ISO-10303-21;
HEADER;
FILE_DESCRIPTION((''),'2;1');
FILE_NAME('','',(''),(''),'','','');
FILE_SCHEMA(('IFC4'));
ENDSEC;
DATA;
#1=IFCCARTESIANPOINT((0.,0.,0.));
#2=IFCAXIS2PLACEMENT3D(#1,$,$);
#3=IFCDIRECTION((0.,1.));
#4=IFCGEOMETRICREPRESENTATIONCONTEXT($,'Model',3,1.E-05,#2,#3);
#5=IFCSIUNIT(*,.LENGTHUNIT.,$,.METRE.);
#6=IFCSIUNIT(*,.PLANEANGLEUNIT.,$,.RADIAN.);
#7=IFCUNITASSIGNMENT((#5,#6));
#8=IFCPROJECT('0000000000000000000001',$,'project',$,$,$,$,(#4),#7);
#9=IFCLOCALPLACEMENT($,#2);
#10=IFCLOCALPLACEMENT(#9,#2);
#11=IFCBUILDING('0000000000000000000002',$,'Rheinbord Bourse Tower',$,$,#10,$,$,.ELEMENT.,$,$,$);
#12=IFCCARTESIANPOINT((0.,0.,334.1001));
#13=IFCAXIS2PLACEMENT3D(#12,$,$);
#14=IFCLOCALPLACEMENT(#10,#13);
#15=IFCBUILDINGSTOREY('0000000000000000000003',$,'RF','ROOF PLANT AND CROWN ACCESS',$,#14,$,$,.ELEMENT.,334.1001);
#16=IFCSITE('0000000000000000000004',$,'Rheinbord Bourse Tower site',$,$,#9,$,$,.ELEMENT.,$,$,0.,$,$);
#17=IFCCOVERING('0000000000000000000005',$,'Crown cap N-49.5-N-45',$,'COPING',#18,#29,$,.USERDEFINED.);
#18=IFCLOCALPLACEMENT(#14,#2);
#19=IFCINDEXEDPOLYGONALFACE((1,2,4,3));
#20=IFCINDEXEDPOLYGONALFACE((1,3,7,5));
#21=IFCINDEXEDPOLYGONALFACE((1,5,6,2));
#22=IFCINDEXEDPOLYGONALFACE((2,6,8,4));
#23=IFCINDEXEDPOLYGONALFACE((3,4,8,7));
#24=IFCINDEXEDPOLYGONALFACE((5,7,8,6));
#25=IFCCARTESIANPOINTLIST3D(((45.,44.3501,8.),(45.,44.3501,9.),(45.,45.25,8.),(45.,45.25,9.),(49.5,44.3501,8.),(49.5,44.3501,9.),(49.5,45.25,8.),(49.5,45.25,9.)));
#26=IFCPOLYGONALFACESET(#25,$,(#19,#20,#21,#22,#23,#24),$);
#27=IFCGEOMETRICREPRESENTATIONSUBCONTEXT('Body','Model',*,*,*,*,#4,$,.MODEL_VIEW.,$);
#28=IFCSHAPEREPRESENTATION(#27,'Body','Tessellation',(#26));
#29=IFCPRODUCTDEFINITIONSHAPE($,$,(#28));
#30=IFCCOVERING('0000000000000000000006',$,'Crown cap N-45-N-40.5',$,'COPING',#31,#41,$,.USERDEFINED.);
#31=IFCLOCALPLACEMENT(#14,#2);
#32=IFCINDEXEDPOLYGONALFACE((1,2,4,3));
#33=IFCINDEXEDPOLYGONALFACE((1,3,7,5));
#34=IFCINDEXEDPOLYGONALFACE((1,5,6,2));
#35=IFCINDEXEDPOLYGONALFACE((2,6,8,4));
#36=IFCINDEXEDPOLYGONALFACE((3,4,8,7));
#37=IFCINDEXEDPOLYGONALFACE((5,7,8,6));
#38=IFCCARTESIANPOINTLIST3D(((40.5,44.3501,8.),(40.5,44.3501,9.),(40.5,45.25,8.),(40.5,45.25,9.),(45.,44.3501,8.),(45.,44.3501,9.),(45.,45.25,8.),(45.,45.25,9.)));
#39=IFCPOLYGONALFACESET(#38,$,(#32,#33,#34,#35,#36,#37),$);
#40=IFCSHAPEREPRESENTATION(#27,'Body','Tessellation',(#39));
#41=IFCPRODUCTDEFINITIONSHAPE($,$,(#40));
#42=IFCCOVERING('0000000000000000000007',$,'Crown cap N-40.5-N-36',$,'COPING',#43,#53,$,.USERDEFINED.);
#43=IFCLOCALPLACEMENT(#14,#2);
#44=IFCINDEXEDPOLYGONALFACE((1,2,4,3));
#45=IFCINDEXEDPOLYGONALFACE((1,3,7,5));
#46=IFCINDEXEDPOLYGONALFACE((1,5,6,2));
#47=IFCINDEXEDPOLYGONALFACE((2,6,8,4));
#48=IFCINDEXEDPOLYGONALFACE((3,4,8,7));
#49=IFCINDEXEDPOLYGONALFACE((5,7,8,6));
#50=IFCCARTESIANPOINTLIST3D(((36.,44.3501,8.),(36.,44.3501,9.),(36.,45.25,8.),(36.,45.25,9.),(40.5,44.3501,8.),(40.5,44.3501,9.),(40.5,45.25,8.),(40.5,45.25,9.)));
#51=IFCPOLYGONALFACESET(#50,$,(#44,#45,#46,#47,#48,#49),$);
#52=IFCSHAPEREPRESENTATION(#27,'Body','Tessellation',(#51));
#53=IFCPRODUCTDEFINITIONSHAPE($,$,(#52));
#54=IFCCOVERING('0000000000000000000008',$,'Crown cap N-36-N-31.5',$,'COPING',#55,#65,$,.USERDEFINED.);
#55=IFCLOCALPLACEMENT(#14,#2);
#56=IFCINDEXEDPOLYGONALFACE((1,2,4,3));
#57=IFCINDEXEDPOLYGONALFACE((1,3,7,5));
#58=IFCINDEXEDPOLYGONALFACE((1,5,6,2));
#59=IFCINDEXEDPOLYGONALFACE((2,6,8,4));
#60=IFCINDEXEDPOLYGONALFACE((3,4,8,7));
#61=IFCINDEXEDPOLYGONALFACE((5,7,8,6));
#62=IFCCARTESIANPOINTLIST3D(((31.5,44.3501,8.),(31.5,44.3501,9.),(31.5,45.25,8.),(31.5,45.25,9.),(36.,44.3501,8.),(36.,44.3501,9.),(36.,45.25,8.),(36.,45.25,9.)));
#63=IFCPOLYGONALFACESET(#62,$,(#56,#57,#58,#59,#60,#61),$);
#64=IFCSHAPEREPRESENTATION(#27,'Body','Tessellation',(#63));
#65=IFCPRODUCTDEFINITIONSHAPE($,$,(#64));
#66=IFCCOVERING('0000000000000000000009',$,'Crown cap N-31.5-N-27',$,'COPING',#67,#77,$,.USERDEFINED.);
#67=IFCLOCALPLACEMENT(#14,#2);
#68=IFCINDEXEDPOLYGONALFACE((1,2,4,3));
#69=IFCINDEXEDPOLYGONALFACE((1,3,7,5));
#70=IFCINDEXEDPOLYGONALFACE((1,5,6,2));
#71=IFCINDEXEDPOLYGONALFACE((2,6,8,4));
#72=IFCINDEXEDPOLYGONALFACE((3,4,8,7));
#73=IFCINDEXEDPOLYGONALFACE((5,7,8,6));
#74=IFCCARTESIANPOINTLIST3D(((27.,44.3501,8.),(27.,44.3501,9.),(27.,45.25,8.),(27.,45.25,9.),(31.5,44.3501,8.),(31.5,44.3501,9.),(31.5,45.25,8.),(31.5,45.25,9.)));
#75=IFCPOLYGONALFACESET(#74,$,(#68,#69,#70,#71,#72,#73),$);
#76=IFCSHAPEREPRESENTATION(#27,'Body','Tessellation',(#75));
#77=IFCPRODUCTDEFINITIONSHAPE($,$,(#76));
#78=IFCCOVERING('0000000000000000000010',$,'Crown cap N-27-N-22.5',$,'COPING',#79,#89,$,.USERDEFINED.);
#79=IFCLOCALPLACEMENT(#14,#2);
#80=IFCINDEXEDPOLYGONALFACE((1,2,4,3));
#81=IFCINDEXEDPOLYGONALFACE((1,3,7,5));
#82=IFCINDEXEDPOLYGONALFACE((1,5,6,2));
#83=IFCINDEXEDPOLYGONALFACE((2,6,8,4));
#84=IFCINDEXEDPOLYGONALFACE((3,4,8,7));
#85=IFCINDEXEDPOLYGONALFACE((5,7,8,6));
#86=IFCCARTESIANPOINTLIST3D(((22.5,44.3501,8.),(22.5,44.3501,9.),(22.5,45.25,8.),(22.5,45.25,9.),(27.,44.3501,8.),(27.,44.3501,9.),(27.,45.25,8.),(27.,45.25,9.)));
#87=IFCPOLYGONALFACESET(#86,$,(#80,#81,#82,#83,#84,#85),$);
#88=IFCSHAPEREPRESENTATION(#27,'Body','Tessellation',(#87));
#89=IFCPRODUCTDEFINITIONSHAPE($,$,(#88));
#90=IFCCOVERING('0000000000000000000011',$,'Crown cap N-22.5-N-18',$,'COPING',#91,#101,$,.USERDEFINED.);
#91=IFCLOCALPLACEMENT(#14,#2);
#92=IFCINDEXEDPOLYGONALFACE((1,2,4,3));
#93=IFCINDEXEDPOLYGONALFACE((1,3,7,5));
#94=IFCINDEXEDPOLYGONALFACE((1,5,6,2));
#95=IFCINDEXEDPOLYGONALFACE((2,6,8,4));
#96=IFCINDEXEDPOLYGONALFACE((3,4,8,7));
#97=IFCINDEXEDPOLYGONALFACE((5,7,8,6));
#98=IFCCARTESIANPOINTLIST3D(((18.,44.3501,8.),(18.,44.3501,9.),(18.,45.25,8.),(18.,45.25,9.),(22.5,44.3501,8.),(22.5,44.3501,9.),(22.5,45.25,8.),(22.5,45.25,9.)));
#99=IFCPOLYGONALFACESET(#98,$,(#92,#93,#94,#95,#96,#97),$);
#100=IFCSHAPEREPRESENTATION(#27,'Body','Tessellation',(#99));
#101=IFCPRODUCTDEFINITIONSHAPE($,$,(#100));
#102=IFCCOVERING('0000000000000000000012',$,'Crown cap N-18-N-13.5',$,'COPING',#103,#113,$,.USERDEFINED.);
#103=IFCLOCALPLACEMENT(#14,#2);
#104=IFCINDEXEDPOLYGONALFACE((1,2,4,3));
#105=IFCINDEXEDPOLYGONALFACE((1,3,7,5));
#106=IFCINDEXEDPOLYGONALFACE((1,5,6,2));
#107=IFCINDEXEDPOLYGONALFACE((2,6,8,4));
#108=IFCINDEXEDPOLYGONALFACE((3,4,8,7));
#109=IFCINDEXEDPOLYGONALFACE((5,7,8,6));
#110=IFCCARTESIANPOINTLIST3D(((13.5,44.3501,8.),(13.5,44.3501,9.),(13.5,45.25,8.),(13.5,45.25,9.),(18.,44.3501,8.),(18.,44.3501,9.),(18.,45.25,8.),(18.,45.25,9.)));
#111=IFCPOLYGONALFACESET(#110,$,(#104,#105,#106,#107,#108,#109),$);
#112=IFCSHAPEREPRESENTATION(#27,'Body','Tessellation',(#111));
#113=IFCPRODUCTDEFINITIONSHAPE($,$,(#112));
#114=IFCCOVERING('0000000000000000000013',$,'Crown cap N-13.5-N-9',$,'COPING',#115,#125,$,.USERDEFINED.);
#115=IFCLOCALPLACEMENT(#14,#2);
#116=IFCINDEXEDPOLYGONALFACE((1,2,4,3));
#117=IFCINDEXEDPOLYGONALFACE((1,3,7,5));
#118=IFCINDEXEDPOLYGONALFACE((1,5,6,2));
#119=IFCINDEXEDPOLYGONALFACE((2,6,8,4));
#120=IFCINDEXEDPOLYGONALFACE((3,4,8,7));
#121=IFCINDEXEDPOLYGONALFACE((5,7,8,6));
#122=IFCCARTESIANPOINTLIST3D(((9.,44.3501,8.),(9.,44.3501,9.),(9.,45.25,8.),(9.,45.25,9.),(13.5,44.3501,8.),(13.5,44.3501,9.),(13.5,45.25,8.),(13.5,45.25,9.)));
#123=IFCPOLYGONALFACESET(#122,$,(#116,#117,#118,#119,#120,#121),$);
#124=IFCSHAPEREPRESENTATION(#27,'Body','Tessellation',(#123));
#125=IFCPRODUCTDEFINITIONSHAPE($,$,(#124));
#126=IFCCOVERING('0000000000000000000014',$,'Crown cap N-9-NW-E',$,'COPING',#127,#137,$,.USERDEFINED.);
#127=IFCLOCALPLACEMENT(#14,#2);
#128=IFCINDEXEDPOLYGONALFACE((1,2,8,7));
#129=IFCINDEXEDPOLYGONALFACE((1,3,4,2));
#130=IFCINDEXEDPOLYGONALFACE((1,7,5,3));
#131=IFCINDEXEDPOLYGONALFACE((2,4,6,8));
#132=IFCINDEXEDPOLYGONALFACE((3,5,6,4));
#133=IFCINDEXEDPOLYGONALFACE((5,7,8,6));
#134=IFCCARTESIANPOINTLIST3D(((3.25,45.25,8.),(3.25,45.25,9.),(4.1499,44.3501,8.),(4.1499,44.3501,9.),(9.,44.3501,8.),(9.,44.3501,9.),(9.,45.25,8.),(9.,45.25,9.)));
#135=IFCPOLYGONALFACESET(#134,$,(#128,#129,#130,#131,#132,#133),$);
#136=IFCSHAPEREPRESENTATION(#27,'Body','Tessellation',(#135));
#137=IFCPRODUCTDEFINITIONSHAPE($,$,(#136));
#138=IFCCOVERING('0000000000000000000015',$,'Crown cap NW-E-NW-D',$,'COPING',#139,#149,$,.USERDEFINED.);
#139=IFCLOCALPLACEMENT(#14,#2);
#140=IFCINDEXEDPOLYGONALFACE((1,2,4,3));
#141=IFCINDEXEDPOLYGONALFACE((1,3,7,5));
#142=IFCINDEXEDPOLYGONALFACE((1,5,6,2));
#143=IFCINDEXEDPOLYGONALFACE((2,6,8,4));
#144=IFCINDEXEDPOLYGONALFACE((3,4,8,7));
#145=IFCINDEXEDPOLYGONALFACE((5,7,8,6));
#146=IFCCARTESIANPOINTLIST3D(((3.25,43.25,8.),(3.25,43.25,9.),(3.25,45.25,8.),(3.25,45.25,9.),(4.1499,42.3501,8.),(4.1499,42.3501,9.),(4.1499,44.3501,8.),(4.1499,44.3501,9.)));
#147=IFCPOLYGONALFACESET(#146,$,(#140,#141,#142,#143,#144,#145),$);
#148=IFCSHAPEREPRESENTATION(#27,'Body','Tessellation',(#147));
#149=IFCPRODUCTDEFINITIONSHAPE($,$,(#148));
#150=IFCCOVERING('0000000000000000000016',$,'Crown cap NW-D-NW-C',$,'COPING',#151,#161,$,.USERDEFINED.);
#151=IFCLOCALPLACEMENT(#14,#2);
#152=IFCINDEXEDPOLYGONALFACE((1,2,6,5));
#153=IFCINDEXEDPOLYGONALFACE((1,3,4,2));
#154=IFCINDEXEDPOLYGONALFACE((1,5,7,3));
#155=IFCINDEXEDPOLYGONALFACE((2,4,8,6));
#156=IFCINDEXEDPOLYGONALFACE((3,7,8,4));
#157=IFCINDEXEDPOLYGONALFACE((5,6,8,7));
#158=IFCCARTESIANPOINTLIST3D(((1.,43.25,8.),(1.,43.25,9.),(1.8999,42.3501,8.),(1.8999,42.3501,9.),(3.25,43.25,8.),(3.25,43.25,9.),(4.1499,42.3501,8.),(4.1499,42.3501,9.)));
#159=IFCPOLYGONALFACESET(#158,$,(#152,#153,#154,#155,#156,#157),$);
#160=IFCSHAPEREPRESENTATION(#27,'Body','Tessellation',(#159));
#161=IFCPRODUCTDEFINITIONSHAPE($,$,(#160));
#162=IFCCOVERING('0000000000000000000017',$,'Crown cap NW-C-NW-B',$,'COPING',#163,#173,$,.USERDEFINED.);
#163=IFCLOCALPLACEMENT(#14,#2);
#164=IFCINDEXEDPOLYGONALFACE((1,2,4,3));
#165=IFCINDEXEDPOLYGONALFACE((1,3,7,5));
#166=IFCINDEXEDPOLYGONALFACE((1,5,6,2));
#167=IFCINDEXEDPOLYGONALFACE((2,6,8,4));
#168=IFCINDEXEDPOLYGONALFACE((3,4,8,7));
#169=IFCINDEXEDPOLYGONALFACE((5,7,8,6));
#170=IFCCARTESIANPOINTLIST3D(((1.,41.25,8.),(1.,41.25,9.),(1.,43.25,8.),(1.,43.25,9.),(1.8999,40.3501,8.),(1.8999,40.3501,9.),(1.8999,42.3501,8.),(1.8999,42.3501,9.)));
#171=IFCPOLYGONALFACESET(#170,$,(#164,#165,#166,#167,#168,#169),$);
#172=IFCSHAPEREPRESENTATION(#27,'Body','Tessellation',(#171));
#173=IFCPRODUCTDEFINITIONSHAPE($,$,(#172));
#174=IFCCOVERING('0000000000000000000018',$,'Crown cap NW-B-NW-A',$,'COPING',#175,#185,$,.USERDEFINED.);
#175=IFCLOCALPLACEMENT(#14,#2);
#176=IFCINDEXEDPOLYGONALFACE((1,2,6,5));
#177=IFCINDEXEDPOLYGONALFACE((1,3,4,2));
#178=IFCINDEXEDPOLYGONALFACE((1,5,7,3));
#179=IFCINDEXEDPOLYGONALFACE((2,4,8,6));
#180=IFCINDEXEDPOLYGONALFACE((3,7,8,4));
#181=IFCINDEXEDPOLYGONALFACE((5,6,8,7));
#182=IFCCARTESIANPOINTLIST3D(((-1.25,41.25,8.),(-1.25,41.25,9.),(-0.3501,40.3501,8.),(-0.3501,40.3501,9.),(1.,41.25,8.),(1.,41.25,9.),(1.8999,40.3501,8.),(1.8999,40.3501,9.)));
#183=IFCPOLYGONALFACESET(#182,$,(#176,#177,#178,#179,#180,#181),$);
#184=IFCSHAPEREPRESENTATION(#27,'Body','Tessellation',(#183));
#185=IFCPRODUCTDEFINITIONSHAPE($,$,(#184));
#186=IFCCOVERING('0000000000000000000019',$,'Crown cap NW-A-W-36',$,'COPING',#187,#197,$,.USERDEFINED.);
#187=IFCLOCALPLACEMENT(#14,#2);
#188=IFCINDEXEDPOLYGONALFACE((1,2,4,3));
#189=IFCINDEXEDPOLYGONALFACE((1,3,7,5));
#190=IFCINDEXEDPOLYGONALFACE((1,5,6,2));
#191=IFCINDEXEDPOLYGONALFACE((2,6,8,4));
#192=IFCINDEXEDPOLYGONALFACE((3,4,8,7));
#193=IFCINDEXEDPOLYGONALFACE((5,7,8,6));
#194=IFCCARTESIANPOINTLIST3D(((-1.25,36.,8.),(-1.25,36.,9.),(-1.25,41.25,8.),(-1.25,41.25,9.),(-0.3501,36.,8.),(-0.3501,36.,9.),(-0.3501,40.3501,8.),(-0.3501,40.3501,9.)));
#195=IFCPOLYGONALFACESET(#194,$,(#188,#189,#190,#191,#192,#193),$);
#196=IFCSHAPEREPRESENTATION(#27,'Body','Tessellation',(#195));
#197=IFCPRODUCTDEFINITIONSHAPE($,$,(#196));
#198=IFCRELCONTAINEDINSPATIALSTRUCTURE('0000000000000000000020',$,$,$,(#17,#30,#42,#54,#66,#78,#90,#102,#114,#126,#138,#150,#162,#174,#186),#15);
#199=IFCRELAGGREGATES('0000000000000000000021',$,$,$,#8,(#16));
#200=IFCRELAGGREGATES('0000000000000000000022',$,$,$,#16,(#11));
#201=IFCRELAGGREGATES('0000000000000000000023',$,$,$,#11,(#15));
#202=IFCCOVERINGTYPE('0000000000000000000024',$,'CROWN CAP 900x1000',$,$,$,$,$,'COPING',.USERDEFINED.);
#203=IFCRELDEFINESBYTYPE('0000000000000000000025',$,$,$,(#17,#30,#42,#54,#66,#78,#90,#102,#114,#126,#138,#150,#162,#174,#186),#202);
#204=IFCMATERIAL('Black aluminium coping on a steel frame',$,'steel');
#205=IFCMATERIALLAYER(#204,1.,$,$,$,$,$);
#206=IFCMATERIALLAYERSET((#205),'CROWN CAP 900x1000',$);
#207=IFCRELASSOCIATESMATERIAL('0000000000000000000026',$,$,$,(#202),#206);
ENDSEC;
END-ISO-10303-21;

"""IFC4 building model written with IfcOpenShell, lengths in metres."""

from ifc_helpers import new_model, si_unit, direction, frame, origin, place, context, subcontext, project, spatial, polyline, outline, extrude, material, layer, layer_set, type_object, element, save


model = new_model("IFC4")

# Units and contexts
model_context = context("Model", 3, precision=1e-05, world=origin(), true_north=direction((0.0, 1.0)))
body_context = subcontext(model_context, "Body", "Model", "MODEL_VIEW")
ifc_project = project(units=[si_unit("LENGTHUNIT", "METRE"), si_unit("PLANEANGLEUNIT", "RADIAN")], contexts=[model_context])

# Site, building, storey
site_placement = place(None, origin())
site = spatial("IfcSite", under=ifc_project, at=site_placement, Name="Rheinbord Bourse Tower site", CompositionType="ELEMENT", RefElevation=0.0)
building_placement = place(site_placement, origin())
building = spatial("IfcBuilding", under=site, at=building_placement, Name="Rheinbord Bourse Tower", CompositionType="ELEMENT")
storey_placement = place(building_placement, frame((0.0, 0.0, 334.1001)))
storey = spatial("IfcBuildingStorey", under=building, at=storey_placement, Name="RF", Description="ROOF PLANT AND CROWN ACCESS", CompositionType="ELEMENT", Elevation=334.1001)

# Coverings
ifc_material_1 = material(Name="Black aluminium coping on a steel frame", Category="steel")
ifc_layer_1 = layer(ifc_material_1, 1.0)
ifc_layer_set_1 = layer_set([ifc_layer_1], Name="CROWN CAP 900x1000")
covering_type_1 = type_object("IfcCoveringType", Name="CROWN CAP 900x1000", ElementType="COPING", PredefinedType="USERDEFINED", material=ifc_layer_set_1)
covering_1_placement = place(storey_placement, frame((0.0, 0.0, 8.0)))
element("IfcCovering", 1, at=covering_1_placement, inside=storey, type_object=covering_type_1, Name="Crown cap N-49.5-N-45", ObjectType="COPING", PredefinedType="USERDEFINED", context=body_context, shape_type="SweptSolid", body=[
    extrude(outline(polyline([(49.5, 44.3501), (45.0, 44.3501), (45.0, 45.25), (49.5, 45.25), (49.5, 44.3501)])), origin(), (0.0, 0.0, 1.0), 1.0),
])
covering_2_placement = place(storey_placement, frame((0.0, 0.0, 8.0)))
element("IfcCovering", 2, at=covering_2_placement, inside=storey, type_object=covering_type_1, Name="Crown cap N-45-N-40.5", ObjectType="COPING", PredefinedType="USERDEFINED", context=body_context, shape_type="SweptSolid", body=[
    extrude(outline(polyline([(45.0, 44.3501), (40.5, 44.3501), (40.5, 45.25), (45.0, 45.25), (45.0, 44.3501)])), origin(), (0.0, 0.0, 1.0), 1.0),
])
covering_3_placement = place(storey_placement, frame((0.0, 0.0, 8.0)))
element("IfcCovering", 3, at=covering_3_placement, inside=storey, type_object=covering_type_1, Name="Crown cap N-40.5-N-36", ObjectType="COPING", PredefinedType="USERDEFINED", context=body_context, shape_type="SweptSolid", body=[
    extrude(outline(polyline([(40.5, 44.3501), (36.0, 44.3501), (36.0, 45.25), (40.5, 45.25), (40.5, 44.3501)])), origin(), (0.0, 0.0, 1.0), 1.0),
])
covering_4_placement = place(storey_placement, frame((0.0, 0.0, 8.0)))
element("IfcCovering", 4, at=covering_4_placement, inside=storey, type_object=covering_type_1, Name="Crown cap N-36-N-31.5", ObjectType="COPING", PredefinedType="USERDEFINED", context=body_context, shape_type="SweptSolid", body=[
    extrude(outline(polyline([(36.0, 44.3501), (31.5, 44.3501), (31.5, 45.25), (36.0, 45.25), (36.0, 44.3501)])), origin(), (0.0, 0.0, 1.0), 1.0),
])
covering_5_placement = place(storey_placement, frame((0.0, 0.0, 8.0)))
element("IfcCovering", 5, at=covering_5_placement, inside=storey, type_object=covering_type_1, Name="Crown cap N-31.5-N-27", ObjectType="COPING", PredefinedType="USERDEFINED", context=body_context, shape_type="SweptSolid", body=[
    extrude(outline(polyline([(31.5, 44.3501), (27.0, 44.3501), (27.0, 45.25), (31.5, 45.25), (31.5, 44.3501)])), origin(), (0.0, 0.0, 1.0), 1.0),
])
covering_6_placement = place(storey_placement, frame((0.0, 0.0, 8.0)))
element("IfcCovering", 6, at=covering_6_placement, inside=storey, type_object=covering_type_1, Name="Crown cap N-27-N-22.5", ObjectType="COPING", PredefinedType="USERDEFINED", context=body_context, shape_type="SweptSolid", body=[
    extrude(outline(polyline([(27.0, 44.3501), (22.5, 44.3501), (22.5, 45.25), (27.0, 45.25), (27.0, 44.3501)])), origin(), (0.0, 0.0, 1.0), 1.0),
])
covering_7_placement = place(storey_placement, frame((0.0, 0.0, 8.0)))
element("IfcCovering", 7, at=covering_7_placement, inside=storey, type_object=covering_type_1, Name="Crown cap N-22.5-N-18", ObjectType="COPING", PredefinedType="USERDEFINED", context=body_context, shape_type="SweptSolid", body=[
    extrude(outline(polyline([(22.5, 44.3501), (18.0, 44.3501), (18.0, 45.25), (22.5, 45.25), (22.5, 44.3501)])), origin(), (0.0, 0.0, 1.0), 1.0),
])
covering_8_placement = place(storey_placement, frame((0.0, 0.0, 8.0)))
element("IfcCovering", 8, at=covering_8_placement, inside=storey, type_object=covering_type_1, Name="Crown cap N-18-N-13.5", ObjectType="COPING", PredefinedType="USERDEFINED", context=body_context, shape_type="SweptSolid", body=[
    extrude(outline(polyline([(18.0, 44.3501), (13.5, 44.3501), (13.5, 45.25), (18.0, 45.25), (18.0, 44.3501)])), origin(), (0.0, 0.0, 1.0), 1.0),
])
covering_9_placement = place(storey_placement, frame((0.0, 0.0, 8.0)))
element("IfcCovering", 9, at=covering_9_placement, inside=storey, type_object=covering_type_1, Name="Crown cap N-13.5-N-9", ObjectType="COPING", PredefinedType="USERDEFINED", context=body_context, shape_type="SweptSolid", body=[
    extrude(outline(polyline([(13.5, 44.3501), (9.0, 44.3501), (9.0, 45.25), (13.5, 45.25), (13.5, 44.3501)])), origin(), (0.0, 0.0, 1.0), 1.0),
])
covering_10_placement = place(storey_placement, frame((0.0, 0.0, 8.0)))
element("IfcCovering", 10, at=covering_10_placement, inside=storey, type_object=covering_type_1, Name="Crown cap N-9-NW-E", ObjectType="COPING", PredefinedType="USERDEFINED", context=body_context, shape_type="SweptSolid", body=[
    extrude(outline(polyline([(9.0, 44.3501), (4.1499, 44.3501), (3.25, 45.25), (9.0, 45.25), (9.0, 44.3501)])), origin(), (0.0, 0.0, 1.0), 1.0),
])
covering_11_placement = place(storey_placement, frame((0.0, 0.0, 8.0)))
element("IfcCovering", 11, at=covering_11_placement, inside=storey, type_object=covering_type_1, Name="Crown cap NW-E-NW-D", ObjectType="COPING", PredefinedType="USERDEFINED", context=body_context, shape_type="SweptSolid", body=[
    extrude(outline(polyline([(4.1499, 44.3501), (4.1499, 42.3501), (3.25, 43.25), (3.25, 45.25), (4.1499, 44.3501)])), origin(), (0.0, 0.0, 1.0), 1.0),
])
covering_12_placement = place(storey_placement, frame((0.0, 0.0, 8.0)))
element("IfcCovering", 12, at=covering_12_placement, inside=storey, type_object=covering_type_1, Name="Crown cap NW-D-NW-C", ObjectType="COPING", PredefinedType="USERDEFINED", context=body_context, shape_type="SweptSolid", body=[
    extrude(outline(polyline([(4.1499, 42.3501), (1.8999, 42.3501), (1.0, 43.25), (3.25, 43.25), (4.1499, 42.3501)])), origin(), (0.0, 0.0, 1.0), 1.0),
])
covering_13_placement = place(storey_placement, frame((0.0, 0.0, 8.0)))
element("IfcCovering", 13, at=covering_13_placement, inside=storey, type_object=covering_type_1, Name="Crown cap NW-C-NW-B", ObjectType="COPING", PredefinedType="USERDEFINED", context=body_context, shape_type="SweptSolid", body=[
    extrude(outline(polyline([(1.8999, 42.3501), (1.8999, 40.3501), (1.0, 41.25), (1.0, 43.25), (1.8999, 42.3501)])), origin(), (0.0, 0.0, 1.0), 1.0),
])
covering_14_placement = place(storey_placement, frame((0.0, 0.0, 8.0)))
element("IfcCovering", 14, at=covering_14_placement, inside=storey, type_object=covering_type_1, Name="Crown cap NW-B-NW-A", ObjectType="COPING", PredefinedType="USERDEFINED", context=body_context, shape_type="SweptSolid", body=[
    extrude(outline(polyline([(1.8999, 40.3501), (-0.3501, 40.3501), (-1.25, 41.25), (1.0, 41.25), (1.8999, 40.3501)])), origin(), (0.0, 0.0, 1.0), 1.0),
])
covering_15_placement = place(storey_placement, frame((0.0, 0.0, 8.0)))
element("IfcCovering", 15, at=covering_15_placement, inside=storey, type_object=covering_type_1, Name="Crown cap NW-A-W-36", ObjectType="COPING", PredefinedType="USERDEFINED", context=body_context, shape_type="SweptSolid", body=[
    extrude(outline(polyline([(-0.3501, 40.3501), (-0.3501, 36.0), (-1.25, 36.0), (-1.25, 41.25), (-0.3501, 40.3501)])), origin(), (0.0, 0.0, 1.0), 1.0),
])

save(model, "model.ifc")
